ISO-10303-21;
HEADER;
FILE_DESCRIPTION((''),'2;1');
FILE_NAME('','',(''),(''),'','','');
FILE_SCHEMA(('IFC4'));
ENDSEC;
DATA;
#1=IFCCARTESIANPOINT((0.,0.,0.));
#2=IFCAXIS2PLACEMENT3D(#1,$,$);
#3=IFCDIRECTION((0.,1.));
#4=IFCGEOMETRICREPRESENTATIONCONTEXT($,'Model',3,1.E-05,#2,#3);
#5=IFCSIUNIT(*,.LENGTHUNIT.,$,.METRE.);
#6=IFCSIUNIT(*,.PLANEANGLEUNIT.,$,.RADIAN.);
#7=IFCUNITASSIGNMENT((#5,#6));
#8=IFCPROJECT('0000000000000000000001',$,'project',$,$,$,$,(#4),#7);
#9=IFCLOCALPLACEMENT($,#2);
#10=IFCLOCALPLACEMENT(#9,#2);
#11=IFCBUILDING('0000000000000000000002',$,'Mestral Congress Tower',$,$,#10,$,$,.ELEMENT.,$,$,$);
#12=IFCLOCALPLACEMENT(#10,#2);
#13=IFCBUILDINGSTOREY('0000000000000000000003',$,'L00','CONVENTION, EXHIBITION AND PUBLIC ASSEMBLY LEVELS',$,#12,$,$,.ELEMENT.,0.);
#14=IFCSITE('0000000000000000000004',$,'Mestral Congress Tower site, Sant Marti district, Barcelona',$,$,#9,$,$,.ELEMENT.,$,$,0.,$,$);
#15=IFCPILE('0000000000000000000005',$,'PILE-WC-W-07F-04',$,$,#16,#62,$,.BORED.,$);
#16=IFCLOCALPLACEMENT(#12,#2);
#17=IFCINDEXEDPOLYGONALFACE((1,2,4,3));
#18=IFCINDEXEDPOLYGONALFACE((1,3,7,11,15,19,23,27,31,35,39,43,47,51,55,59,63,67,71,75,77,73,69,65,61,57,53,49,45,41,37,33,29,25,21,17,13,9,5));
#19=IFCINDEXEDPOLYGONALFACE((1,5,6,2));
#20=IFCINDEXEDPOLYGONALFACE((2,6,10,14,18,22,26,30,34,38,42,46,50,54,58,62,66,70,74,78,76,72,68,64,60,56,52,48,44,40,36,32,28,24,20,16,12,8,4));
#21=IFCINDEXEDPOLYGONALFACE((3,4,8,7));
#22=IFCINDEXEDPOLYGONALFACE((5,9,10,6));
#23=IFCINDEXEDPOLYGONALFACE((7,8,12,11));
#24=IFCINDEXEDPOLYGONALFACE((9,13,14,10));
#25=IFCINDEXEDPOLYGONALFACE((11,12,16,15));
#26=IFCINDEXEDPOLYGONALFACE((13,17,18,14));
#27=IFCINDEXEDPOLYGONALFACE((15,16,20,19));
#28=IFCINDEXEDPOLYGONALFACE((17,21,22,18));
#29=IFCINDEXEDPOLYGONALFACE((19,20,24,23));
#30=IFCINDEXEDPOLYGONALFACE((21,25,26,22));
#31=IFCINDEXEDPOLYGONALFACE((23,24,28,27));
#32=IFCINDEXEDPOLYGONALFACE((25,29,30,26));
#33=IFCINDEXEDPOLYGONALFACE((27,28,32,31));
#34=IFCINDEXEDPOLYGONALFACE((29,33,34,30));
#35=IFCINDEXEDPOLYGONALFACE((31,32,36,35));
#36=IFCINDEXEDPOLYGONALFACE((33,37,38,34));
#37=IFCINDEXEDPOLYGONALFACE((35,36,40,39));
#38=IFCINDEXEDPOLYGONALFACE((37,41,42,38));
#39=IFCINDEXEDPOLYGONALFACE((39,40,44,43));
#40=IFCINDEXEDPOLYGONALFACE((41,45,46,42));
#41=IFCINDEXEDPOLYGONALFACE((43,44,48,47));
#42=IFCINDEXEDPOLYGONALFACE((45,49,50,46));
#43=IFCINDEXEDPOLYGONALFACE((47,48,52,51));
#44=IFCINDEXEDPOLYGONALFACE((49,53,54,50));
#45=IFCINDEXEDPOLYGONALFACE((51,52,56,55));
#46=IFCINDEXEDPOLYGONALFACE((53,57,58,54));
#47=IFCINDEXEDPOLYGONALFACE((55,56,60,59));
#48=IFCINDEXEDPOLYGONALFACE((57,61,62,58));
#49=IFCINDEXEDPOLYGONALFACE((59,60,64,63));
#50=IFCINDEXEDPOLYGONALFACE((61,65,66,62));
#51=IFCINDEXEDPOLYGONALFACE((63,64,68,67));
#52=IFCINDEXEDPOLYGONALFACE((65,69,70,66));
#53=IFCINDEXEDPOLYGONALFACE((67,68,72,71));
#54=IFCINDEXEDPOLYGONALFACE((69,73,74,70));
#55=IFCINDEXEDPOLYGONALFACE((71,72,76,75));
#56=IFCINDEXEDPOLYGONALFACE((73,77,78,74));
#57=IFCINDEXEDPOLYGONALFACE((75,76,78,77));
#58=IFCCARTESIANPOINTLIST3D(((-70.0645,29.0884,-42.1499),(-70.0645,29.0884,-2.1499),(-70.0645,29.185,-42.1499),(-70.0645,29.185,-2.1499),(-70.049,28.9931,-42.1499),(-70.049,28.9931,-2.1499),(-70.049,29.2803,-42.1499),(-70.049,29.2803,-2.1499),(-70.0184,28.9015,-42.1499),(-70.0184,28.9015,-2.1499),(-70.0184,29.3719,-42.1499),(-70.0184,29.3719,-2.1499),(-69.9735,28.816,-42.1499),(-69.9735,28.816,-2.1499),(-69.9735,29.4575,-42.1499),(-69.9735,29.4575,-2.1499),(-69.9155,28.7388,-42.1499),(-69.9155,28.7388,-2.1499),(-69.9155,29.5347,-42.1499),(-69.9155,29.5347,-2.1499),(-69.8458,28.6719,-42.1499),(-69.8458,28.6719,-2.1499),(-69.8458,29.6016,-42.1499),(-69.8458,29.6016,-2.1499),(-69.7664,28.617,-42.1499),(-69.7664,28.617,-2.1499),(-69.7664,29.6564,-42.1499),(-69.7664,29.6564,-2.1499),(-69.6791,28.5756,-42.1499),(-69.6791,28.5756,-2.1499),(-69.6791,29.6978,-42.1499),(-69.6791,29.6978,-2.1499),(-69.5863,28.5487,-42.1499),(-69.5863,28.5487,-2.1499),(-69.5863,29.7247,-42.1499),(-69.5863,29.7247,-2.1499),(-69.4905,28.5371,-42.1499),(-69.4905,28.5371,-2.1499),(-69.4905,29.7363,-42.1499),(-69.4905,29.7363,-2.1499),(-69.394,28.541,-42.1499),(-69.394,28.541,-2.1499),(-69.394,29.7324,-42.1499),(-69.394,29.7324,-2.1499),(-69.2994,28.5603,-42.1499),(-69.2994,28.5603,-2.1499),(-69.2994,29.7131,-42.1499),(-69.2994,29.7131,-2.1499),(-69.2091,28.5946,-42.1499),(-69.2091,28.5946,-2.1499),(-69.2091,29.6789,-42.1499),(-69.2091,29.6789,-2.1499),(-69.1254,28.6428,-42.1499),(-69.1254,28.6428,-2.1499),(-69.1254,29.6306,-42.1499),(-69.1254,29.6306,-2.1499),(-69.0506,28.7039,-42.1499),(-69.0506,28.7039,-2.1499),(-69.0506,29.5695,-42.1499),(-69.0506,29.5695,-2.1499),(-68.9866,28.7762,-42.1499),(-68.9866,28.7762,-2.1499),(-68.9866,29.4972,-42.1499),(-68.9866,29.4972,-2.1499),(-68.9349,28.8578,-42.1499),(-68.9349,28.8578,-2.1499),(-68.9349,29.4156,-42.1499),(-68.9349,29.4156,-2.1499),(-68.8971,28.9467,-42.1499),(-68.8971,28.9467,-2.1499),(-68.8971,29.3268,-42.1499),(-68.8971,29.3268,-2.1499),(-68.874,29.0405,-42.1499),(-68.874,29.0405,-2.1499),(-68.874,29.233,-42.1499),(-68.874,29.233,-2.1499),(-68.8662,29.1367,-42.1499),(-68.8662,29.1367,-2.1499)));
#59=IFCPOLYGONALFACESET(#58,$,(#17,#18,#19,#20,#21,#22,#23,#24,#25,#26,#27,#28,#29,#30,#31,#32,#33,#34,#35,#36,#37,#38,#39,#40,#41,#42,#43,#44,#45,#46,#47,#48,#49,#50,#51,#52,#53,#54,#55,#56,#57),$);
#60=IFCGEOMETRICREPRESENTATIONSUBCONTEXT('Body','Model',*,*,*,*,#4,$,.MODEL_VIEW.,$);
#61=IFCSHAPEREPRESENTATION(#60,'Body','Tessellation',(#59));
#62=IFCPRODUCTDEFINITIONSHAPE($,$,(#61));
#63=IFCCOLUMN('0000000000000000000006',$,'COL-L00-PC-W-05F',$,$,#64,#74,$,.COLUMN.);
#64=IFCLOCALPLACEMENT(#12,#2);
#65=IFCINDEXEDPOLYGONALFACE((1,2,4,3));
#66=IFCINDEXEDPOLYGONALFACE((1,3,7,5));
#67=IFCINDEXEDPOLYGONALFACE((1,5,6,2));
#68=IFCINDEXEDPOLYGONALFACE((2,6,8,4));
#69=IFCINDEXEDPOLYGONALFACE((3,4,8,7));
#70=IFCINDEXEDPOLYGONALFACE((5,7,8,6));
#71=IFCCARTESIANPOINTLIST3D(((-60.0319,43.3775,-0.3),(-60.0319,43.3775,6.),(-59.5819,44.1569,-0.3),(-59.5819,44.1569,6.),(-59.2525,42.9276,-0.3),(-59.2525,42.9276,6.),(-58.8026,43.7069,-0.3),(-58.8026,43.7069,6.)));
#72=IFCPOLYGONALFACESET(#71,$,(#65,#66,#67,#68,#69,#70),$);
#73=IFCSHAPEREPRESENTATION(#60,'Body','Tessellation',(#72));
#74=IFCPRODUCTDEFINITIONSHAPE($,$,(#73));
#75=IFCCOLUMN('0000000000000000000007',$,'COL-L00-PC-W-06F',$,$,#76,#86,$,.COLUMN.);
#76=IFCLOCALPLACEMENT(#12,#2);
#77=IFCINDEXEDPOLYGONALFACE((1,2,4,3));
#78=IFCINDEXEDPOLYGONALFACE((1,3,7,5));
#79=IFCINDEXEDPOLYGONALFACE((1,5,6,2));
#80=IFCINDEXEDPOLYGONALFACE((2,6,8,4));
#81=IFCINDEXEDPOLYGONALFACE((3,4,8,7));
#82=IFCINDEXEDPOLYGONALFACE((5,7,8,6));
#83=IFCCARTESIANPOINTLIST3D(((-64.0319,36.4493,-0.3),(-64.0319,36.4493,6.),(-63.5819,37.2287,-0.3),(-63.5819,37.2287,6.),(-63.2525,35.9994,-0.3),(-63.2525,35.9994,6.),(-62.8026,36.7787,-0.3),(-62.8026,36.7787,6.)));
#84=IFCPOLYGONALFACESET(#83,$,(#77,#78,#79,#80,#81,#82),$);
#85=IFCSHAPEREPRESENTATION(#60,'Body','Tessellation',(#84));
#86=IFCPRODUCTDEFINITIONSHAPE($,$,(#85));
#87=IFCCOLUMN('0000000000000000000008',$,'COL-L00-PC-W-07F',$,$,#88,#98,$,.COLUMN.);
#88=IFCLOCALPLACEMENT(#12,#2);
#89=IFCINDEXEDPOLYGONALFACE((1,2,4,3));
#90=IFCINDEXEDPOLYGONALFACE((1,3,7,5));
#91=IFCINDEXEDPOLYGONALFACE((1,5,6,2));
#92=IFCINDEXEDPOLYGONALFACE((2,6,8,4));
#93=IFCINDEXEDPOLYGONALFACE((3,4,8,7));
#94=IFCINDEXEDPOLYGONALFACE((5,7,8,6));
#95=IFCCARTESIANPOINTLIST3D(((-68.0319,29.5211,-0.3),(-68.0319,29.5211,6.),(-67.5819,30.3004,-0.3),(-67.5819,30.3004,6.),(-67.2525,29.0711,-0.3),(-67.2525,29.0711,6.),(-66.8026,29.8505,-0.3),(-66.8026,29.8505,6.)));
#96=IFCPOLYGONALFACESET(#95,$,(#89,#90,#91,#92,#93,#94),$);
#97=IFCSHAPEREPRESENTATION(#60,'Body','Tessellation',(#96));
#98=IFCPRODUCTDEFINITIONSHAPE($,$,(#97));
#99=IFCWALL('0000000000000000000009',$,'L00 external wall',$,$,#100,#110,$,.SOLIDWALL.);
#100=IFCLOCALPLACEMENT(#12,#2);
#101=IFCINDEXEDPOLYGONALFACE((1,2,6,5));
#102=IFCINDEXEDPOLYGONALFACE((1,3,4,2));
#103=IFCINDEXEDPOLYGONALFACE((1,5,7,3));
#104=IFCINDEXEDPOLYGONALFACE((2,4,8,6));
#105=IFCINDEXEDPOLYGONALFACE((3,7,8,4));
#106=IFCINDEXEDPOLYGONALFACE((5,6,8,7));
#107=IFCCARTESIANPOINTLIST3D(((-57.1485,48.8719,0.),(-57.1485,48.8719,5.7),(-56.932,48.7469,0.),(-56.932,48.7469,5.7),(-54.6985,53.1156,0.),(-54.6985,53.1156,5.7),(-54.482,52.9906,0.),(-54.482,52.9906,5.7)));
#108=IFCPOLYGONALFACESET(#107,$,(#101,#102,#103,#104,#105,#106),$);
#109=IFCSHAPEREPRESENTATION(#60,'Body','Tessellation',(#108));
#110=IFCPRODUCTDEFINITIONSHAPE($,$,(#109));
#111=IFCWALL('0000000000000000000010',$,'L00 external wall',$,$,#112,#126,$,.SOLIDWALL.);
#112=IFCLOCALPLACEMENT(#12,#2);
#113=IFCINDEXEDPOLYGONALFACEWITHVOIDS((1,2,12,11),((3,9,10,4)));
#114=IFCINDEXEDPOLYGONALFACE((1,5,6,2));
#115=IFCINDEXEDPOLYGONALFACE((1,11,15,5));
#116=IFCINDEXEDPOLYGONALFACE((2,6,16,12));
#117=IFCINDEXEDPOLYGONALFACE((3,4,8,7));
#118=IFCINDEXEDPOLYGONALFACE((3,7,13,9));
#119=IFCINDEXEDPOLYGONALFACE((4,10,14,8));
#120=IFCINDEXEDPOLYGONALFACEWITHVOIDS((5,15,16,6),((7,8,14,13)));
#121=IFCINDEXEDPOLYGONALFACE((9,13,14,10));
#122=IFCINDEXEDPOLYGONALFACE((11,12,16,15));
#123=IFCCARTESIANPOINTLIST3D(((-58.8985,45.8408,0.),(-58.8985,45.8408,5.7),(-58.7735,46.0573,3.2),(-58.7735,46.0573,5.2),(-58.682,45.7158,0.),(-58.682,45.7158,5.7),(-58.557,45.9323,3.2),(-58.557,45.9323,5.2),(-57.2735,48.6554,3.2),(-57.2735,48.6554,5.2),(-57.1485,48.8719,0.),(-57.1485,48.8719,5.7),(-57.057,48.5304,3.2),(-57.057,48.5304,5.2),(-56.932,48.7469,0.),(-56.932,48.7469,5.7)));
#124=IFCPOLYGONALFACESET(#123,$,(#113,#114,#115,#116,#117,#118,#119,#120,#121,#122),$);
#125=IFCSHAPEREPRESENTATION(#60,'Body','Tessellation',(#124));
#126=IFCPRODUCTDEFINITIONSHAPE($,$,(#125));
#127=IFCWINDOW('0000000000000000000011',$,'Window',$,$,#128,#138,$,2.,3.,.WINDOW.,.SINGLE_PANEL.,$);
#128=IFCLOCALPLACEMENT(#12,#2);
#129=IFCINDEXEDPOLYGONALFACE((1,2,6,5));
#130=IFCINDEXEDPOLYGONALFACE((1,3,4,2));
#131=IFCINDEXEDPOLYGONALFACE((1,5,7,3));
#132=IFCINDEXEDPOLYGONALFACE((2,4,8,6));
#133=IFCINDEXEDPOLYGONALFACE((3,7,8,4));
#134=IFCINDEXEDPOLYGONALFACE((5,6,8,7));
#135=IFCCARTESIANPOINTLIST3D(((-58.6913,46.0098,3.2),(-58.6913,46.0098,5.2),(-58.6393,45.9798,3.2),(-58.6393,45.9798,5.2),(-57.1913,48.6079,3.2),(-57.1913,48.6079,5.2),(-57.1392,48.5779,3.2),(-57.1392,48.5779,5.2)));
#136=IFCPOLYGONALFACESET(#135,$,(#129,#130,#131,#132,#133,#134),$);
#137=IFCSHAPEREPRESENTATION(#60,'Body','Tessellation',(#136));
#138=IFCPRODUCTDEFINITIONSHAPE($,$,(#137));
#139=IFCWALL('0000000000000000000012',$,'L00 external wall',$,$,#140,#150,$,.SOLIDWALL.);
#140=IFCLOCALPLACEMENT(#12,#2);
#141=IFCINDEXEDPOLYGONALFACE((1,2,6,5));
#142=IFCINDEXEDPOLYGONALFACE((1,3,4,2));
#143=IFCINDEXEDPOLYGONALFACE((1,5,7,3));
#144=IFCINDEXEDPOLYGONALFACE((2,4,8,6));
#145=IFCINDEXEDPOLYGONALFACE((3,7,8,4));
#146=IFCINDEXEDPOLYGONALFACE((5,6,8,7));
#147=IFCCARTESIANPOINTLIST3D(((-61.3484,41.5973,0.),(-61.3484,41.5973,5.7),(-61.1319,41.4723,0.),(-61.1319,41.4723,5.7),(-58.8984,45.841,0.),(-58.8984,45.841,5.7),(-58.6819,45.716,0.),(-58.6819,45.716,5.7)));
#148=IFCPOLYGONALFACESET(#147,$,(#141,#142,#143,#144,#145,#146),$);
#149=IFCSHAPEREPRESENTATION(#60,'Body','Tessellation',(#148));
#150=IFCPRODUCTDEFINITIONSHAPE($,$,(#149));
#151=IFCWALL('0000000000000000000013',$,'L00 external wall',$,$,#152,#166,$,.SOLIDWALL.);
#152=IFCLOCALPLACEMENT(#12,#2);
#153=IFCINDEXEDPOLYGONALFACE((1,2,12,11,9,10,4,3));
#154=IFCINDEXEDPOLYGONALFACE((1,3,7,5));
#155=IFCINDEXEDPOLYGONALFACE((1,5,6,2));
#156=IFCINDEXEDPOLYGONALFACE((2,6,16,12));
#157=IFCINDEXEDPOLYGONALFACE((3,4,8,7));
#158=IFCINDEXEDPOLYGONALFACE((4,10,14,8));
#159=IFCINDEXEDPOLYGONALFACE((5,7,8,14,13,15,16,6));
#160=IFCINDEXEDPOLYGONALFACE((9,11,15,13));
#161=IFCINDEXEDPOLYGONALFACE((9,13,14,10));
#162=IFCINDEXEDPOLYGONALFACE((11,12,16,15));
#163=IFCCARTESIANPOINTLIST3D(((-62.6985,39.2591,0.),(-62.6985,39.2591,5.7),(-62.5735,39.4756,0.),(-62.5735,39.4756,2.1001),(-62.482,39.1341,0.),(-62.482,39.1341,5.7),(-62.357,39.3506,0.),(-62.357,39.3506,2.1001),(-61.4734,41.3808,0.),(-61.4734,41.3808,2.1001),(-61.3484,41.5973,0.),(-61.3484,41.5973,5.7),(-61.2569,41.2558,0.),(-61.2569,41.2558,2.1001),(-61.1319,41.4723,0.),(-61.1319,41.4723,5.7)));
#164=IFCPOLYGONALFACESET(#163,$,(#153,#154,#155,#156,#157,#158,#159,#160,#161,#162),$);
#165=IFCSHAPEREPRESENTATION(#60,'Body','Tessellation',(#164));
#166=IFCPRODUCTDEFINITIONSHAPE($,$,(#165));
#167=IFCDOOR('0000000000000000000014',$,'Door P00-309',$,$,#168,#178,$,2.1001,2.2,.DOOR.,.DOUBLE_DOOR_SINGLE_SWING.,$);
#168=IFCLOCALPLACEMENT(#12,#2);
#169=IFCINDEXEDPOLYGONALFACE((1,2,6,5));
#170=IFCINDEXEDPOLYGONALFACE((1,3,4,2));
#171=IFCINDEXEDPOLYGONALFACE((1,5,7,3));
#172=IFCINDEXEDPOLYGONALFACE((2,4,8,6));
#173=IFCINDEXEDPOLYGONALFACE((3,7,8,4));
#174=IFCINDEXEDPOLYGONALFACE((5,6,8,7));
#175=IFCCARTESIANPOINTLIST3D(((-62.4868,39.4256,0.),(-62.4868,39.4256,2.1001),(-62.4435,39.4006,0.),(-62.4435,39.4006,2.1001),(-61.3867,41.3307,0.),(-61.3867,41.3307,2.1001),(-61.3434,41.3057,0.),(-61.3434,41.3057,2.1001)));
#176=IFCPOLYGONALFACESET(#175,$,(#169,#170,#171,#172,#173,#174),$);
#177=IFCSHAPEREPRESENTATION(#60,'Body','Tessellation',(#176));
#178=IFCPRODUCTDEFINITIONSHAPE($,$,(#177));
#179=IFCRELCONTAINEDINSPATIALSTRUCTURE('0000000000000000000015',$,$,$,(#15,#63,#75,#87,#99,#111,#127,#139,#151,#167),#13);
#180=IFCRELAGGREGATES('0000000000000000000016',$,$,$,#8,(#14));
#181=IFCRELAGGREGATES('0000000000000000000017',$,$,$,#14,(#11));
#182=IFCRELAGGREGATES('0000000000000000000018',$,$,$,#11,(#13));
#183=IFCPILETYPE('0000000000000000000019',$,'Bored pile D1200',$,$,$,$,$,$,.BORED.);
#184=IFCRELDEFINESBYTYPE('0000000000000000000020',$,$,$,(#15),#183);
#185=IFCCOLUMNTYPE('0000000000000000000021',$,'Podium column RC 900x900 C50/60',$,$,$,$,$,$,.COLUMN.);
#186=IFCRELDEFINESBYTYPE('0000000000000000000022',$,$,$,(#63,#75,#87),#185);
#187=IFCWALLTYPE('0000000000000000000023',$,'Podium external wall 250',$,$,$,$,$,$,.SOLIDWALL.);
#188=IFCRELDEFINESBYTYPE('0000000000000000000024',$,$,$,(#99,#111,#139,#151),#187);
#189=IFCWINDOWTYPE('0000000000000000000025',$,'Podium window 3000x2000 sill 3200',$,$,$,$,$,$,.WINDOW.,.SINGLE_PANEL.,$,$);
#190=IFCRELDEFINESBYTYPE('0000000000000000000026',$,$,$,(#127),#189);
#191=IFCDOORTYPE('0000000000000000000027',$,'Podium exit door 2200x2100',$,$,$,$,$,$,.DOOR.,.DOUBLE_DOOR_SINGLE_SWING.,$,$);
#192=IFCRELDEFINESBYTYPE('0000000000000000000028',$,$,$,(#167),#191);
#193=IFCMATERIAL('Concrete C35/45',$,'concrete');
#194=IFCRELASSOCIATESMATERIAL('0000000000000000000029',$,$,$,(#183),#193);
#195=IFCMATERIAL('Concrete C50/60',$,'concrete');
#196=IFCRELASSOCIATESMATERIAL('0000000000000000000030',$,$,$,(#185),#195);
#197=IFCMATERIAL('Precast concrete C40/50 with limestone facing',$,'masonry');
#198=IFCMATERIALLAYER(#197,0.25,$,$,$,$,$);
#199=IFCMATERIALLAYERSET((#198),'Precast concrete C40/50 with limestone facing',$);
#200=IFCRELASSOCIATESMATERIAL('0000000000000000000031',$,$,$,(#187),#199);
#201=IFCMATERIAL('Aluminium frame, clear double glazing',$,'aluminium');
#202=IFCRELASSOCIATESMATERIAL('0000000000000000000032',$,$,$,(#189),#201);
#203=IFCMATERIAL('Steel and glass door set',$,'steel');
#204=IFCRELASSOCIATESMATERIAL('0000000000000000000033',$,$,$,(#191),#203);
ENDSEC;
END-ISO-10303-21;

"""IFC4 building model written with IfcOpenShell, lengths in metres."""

from ifc_helpers import new_model, si_unit, direction, frame, frame_2d, origin, origin_2d, place, context, subcontext, project, spatial, rectangle, circle, extrude, material, layer, layer_set, material_profile, profile_set, type_object, element, fill, save


model = new_model("IFC4")

# Units and contexts
model_context = context("Model", 3, precision=1e-05, world=origin(), true_north=direction((0.0, 1.0)))
body_context = subcontext(model_context, "Body", "Model", "MODEL_VIEW")
ifc_project = project(units=[si_unit("LENGTHUNIT", "METRE"), si_unit("PLANEANGLEUNIT", "RADIAN")], contexts=[model_context])

# Site, building, storey
site_placement = place(None, origin())
site = spatial("IfcSite", under=ifc_project, at=site_placement, Name="Mestral Congress Tower site, Sant Marti district, Barcelona", CompositionType="ELEMENT", RefElevation=0.0)
building_placement = place(site_placement, origin())
building = spatial("IfcBuilding", under=site, at=building_placement, Name="Mestral Congress Tower", CompositionType="ELEMENT")
storey_placement = place(building_placement, origin())
storey = spatial("IfcBuildingStorey", under=building, at=storey_placement, Name="L00", Description="CONVENTION, EXHIBITION AND PUBLIC ASSEMBLY LEVELS", CompositionType="ELEMENT", Elevation=0.0)

# Pile
ifc_material_1 = material(Name="Concrete C35/45", Category="concrete")
ifc_material_profile_1 = material_profile(ifc_material_1, circle(Radius=0.6001, at=origin_2d()), Name="D1200")
ifc_profile_set_1 = profile_set([ifc_material_profile_1], Name="Concrete C35/45")
pile_type = type_object("IfcPileType", Name="Bored pile D1200", PredefinedType="BORED", material=ifc_profile_set_1)
for number, where, z_axis, x_axis, name in (
    (1, (-69.4663, 29.1367, -2.1499), (0.0, 0.0, -1.0), (1.0, 0.0, 0.0), "PILE-WC-W-07F-04"),
):
    element("IfcPile", number, at=place(storey_placement, frame(where, z_axis=z_axis, x_axis=x_axis)), inside=storey, type_object=pile_type, Name=name, PredefinedType="BORED", context=body_context, shape_type="SweptSolid", body=[
        extrude(circle(Radius=0.6001, at=origin_2d()), origin(), (0.0, 0.0, 1.0), 40.0),
    ])

# Columns
ifc_material_2 = material(Name="Concrete C50/60", Category="concrete")
ifc_material_profile_2 = material_profile(ifc_material_2, rectangle(XDim=0.8999, YDim=0.8999, at=origin_2d()), Name="RC 900x900")
ifc_profile_set_2 = profile_set([ifc_material_profile_2], Name="Concrete C50/60")
column_type = type_object("IfcColumnType", Name="Podium column RC 900x900 C50/60", PredefinedType="COLUMN", material=ifc_profile_set_2)
for number, where, z_axis, x_axis, name in (
    (2, (-59.4172, 43.5422, -0.3), (0.0, 0.0, 1.0), (-0.5, -0.866025, 0.0), "COL-L00-PC-W-05F"),
    (3, (-63.4172, 36.614, -0.3), (0.0, 0.0, 1.0), (-0.5, -0.866025, 0.0), "COL-L00-PC-W-06F"),
    (4, (-67.4172, 29.6858, -0.3), (0.0, 0.0, 1.0), (-0.5, -0.866025, 0.0), "COL-L00-PC-W-07F"),
):
    element("IfcColumn", number, at=place(storey_placement, frame(where, z_axis=z_axis, x_axis=x_axis)), inside=storey, type_object=column_type, Name=name, PredefinedType="COLUMN", context=body_context, shape_type="SweptSolid", body=[
        extrude(rectangle(XDim=0.8999, YDim=0.8999, at=origin_2d()), origin(), (0.0, 0.0, 1.0), 6.3),
    ])

# Wall
ifc_material_3 = material(Name="Precast concrete C40/50 with limestone facing", Category="masonry")
ifc_layer = layer(ifc_material_3, 0.25)
ifc_layer_set = layer_set([ifc_layer], Name="Precast concrete C40/50 with limestone facing")
wall_type = type_object("IfcWallType", Name="Podium external wall 250", PredefinedType="SOLIDWALL", material=ifc_layer_set)
wall_1_placement = place(storey_placement, frame((-57.0403, 48.8093, 0.0), z_axis=(0.0, 0.0, 1.0), x_axis=(0.499981, 0.866036, 0.0)))
element("IfcWall", 5, at=wall_1_placement, inside=storey, type_object=wall_type, Name="L00 external wall", PredefinedType="SOLIDWALL", context=body_context, shape_type="SweptSolid", body=[
    extrude(rectangle(XDim=4.9001, YDim=0.25, at=frame_2d((2.4502, 0.0))), origin(), (0.0, 0.0, 1.0), 5.7),
])

# Wall, opening, window
wall_2_placement = place(storey_placement, frame((-58.7903, 45.7783, 0.0), z_axis=(0.0, 0.0, 1.0), x_axis=(0.50001, 0.866019, 0.0)))
wall_2 = element("IfcWall", 6, at=wall_2_placement, inside=storey, type_object=wall_type, Name="L00 external wall", PredefinedType="SOLIDWALL", context=body_context, shape_type="SweptSolid", body=[
    extrude(rectangle(XDim=3.5, YDim=0.25, at=frame_2d((1.75, 0.0))), origin(), (0.0, 0.0, 1.0), 5.7),
])
opening_1_placement = place(wall_2_placement, frame((0.25, 0.0, 3.2)))
opening_1 = element("IfcOpeningElement", 7, at=opening_1_placement, cuts=wall_2, PredefinedType="OPENING", context=body_context, shape_type="SweptSolid", body=[
    extrude(rectangle(XDim=3.0, YDim=2.0, at=frame_2d((1.5, 1.0))), frame((0.0, 0.135, 0.0), z_axis=(0.0, -1.0, 0.0), x_axis=(1.0, 0.0, 0.0)), (0.0, 0.0, 1.0), 0.27),
])
ifc_material_4 = material(Name="Aluminium frame, clear double glazing", Category="aluminium")
window_type = type_object("IfcWindowType", Name="Podium window 3000x2000 sill 3200", PartitioningType="SINGLE_PANEL", PredefinedType="WINDOW", material=ifc_material_4)
window_1_placement = place(opening_1_placement, origin())
window_1 = element("IfcWindow", 8, at=window_1_placement, inside=storey, type_object=window_type, Name="Window", OverallHeight=2.0, OverallWidth=3.0, PartitioningType="SINGLE_PANEL", PredefinedType="WINDOW", context=body_context, shape_type="SweptSolid", body=[
    extrude(rectangle(XDim=3.0, YDim=2.0, at=frame_2d((1.5, 1.0))), frame((0.0, 0.03, 0.0), z_axis=(0.0, -1.0, 0.0), x_axis=(1.0, 0.0, 0.0)), (0.0, 0.0, 1.0), 0.0601),
])
fill(opening_1, window_1)

# Wall
wall_3_placement = place(storey_placement, frame((-61.2402, 41.5347, 0.0), z_axis=(0.0, 0.0, 1.0), x_axis=(0.499981, 0.866036, 0.0)))
element("IfcWall", 9, at=wall_3_placement, inside=storey, type_object=wall_type, Name="L00 external wall", PredefinedType="SOLIDWALL", context=body_context, shape_type="SweptSolid", body=[
    extrude(rectangle(XDim=4.9001, YDim=0.25, at=frame_2d((2.4502, 0.0))), origin(), (0.0, 0.0, 1.0), 5.7),
])

# Wall, opening, door
wall_4_placement = place(storey_placement, frame((-62.5903, 39.1965, 0.0), z_axis=(0.0, 0.0, 1.0), x_axis=(0.500049, 0.865997, 0.0)))
wall_4 = element("IfcWall", 10, at=wall_4_placement, inside=storey, type_object=wall_type, Name="L00 external wall", PredefinedType="SOLIDWALL", context=body_context, shape_type="SweptSolid", body=[
    extrude(rectangle(XDim=2.7, YDim=0.25, at=frame_2d((1.3501, 0.0))), origin(), (0.0, 0.0, 1.0), 5.7),
])
opening_2_placement = place(wall_4_placement, frame((0.25, 0.0, 0.0)))
opening_2 = element("IfcOpeningElement", 11, at=opening_2_placement, cuts=wall_4, PredefinedType="OPENING", context=body_context, shape_type="SweptSolid", body=[
    extrude(rectangle(XDim=2.2, YDim=2.1001, at=frame_2d((1.1001, 1.05))), frame((0.0, 0.135, 0.0), z_axis=(0.0, -1.0, 0.0), x_axis=(1.0, 0.0, 0.0)), (0.0, 0.0, 1.0), 0.27),
])
ifc_material_5 = material(Name="Steel and glass door set", Category="steel")
door_type = type_object("IfcDoorType", Name="Podium exit door 2200x2100", OperationType="DOUBLE_DOOR_SINGLE_SWING", PredefinedType="DOOR", material=ifc_material_5)
door_placement = place(opening_2_placement, origin())
door = element("IfcDoor", 12, at=door_placement, inside=storey, type_object=door_type, Name="Door P00-309", OperationType="DOUBLE_DOOR_SINGLE_SWING", OverallHeight=2.1001, OverallWidth=2.2, PredefinedType="DOOR", context=body_context, shape_type="SweptSolid", body=[
    extrude(rectangle(XDim=2.2, YDim=2.1001, at=frame_2d((1.1001, 1.05))), frame((0.0, 0.0249, 0.0), z_axis=(0.0, -1.0, 0.0), x_axis=(1.0, 0.0, 0.0)), (0.0, 0.0, 1.0), 0.05),
])
fill(opening_2, door)

save(model, "model.ifc")
